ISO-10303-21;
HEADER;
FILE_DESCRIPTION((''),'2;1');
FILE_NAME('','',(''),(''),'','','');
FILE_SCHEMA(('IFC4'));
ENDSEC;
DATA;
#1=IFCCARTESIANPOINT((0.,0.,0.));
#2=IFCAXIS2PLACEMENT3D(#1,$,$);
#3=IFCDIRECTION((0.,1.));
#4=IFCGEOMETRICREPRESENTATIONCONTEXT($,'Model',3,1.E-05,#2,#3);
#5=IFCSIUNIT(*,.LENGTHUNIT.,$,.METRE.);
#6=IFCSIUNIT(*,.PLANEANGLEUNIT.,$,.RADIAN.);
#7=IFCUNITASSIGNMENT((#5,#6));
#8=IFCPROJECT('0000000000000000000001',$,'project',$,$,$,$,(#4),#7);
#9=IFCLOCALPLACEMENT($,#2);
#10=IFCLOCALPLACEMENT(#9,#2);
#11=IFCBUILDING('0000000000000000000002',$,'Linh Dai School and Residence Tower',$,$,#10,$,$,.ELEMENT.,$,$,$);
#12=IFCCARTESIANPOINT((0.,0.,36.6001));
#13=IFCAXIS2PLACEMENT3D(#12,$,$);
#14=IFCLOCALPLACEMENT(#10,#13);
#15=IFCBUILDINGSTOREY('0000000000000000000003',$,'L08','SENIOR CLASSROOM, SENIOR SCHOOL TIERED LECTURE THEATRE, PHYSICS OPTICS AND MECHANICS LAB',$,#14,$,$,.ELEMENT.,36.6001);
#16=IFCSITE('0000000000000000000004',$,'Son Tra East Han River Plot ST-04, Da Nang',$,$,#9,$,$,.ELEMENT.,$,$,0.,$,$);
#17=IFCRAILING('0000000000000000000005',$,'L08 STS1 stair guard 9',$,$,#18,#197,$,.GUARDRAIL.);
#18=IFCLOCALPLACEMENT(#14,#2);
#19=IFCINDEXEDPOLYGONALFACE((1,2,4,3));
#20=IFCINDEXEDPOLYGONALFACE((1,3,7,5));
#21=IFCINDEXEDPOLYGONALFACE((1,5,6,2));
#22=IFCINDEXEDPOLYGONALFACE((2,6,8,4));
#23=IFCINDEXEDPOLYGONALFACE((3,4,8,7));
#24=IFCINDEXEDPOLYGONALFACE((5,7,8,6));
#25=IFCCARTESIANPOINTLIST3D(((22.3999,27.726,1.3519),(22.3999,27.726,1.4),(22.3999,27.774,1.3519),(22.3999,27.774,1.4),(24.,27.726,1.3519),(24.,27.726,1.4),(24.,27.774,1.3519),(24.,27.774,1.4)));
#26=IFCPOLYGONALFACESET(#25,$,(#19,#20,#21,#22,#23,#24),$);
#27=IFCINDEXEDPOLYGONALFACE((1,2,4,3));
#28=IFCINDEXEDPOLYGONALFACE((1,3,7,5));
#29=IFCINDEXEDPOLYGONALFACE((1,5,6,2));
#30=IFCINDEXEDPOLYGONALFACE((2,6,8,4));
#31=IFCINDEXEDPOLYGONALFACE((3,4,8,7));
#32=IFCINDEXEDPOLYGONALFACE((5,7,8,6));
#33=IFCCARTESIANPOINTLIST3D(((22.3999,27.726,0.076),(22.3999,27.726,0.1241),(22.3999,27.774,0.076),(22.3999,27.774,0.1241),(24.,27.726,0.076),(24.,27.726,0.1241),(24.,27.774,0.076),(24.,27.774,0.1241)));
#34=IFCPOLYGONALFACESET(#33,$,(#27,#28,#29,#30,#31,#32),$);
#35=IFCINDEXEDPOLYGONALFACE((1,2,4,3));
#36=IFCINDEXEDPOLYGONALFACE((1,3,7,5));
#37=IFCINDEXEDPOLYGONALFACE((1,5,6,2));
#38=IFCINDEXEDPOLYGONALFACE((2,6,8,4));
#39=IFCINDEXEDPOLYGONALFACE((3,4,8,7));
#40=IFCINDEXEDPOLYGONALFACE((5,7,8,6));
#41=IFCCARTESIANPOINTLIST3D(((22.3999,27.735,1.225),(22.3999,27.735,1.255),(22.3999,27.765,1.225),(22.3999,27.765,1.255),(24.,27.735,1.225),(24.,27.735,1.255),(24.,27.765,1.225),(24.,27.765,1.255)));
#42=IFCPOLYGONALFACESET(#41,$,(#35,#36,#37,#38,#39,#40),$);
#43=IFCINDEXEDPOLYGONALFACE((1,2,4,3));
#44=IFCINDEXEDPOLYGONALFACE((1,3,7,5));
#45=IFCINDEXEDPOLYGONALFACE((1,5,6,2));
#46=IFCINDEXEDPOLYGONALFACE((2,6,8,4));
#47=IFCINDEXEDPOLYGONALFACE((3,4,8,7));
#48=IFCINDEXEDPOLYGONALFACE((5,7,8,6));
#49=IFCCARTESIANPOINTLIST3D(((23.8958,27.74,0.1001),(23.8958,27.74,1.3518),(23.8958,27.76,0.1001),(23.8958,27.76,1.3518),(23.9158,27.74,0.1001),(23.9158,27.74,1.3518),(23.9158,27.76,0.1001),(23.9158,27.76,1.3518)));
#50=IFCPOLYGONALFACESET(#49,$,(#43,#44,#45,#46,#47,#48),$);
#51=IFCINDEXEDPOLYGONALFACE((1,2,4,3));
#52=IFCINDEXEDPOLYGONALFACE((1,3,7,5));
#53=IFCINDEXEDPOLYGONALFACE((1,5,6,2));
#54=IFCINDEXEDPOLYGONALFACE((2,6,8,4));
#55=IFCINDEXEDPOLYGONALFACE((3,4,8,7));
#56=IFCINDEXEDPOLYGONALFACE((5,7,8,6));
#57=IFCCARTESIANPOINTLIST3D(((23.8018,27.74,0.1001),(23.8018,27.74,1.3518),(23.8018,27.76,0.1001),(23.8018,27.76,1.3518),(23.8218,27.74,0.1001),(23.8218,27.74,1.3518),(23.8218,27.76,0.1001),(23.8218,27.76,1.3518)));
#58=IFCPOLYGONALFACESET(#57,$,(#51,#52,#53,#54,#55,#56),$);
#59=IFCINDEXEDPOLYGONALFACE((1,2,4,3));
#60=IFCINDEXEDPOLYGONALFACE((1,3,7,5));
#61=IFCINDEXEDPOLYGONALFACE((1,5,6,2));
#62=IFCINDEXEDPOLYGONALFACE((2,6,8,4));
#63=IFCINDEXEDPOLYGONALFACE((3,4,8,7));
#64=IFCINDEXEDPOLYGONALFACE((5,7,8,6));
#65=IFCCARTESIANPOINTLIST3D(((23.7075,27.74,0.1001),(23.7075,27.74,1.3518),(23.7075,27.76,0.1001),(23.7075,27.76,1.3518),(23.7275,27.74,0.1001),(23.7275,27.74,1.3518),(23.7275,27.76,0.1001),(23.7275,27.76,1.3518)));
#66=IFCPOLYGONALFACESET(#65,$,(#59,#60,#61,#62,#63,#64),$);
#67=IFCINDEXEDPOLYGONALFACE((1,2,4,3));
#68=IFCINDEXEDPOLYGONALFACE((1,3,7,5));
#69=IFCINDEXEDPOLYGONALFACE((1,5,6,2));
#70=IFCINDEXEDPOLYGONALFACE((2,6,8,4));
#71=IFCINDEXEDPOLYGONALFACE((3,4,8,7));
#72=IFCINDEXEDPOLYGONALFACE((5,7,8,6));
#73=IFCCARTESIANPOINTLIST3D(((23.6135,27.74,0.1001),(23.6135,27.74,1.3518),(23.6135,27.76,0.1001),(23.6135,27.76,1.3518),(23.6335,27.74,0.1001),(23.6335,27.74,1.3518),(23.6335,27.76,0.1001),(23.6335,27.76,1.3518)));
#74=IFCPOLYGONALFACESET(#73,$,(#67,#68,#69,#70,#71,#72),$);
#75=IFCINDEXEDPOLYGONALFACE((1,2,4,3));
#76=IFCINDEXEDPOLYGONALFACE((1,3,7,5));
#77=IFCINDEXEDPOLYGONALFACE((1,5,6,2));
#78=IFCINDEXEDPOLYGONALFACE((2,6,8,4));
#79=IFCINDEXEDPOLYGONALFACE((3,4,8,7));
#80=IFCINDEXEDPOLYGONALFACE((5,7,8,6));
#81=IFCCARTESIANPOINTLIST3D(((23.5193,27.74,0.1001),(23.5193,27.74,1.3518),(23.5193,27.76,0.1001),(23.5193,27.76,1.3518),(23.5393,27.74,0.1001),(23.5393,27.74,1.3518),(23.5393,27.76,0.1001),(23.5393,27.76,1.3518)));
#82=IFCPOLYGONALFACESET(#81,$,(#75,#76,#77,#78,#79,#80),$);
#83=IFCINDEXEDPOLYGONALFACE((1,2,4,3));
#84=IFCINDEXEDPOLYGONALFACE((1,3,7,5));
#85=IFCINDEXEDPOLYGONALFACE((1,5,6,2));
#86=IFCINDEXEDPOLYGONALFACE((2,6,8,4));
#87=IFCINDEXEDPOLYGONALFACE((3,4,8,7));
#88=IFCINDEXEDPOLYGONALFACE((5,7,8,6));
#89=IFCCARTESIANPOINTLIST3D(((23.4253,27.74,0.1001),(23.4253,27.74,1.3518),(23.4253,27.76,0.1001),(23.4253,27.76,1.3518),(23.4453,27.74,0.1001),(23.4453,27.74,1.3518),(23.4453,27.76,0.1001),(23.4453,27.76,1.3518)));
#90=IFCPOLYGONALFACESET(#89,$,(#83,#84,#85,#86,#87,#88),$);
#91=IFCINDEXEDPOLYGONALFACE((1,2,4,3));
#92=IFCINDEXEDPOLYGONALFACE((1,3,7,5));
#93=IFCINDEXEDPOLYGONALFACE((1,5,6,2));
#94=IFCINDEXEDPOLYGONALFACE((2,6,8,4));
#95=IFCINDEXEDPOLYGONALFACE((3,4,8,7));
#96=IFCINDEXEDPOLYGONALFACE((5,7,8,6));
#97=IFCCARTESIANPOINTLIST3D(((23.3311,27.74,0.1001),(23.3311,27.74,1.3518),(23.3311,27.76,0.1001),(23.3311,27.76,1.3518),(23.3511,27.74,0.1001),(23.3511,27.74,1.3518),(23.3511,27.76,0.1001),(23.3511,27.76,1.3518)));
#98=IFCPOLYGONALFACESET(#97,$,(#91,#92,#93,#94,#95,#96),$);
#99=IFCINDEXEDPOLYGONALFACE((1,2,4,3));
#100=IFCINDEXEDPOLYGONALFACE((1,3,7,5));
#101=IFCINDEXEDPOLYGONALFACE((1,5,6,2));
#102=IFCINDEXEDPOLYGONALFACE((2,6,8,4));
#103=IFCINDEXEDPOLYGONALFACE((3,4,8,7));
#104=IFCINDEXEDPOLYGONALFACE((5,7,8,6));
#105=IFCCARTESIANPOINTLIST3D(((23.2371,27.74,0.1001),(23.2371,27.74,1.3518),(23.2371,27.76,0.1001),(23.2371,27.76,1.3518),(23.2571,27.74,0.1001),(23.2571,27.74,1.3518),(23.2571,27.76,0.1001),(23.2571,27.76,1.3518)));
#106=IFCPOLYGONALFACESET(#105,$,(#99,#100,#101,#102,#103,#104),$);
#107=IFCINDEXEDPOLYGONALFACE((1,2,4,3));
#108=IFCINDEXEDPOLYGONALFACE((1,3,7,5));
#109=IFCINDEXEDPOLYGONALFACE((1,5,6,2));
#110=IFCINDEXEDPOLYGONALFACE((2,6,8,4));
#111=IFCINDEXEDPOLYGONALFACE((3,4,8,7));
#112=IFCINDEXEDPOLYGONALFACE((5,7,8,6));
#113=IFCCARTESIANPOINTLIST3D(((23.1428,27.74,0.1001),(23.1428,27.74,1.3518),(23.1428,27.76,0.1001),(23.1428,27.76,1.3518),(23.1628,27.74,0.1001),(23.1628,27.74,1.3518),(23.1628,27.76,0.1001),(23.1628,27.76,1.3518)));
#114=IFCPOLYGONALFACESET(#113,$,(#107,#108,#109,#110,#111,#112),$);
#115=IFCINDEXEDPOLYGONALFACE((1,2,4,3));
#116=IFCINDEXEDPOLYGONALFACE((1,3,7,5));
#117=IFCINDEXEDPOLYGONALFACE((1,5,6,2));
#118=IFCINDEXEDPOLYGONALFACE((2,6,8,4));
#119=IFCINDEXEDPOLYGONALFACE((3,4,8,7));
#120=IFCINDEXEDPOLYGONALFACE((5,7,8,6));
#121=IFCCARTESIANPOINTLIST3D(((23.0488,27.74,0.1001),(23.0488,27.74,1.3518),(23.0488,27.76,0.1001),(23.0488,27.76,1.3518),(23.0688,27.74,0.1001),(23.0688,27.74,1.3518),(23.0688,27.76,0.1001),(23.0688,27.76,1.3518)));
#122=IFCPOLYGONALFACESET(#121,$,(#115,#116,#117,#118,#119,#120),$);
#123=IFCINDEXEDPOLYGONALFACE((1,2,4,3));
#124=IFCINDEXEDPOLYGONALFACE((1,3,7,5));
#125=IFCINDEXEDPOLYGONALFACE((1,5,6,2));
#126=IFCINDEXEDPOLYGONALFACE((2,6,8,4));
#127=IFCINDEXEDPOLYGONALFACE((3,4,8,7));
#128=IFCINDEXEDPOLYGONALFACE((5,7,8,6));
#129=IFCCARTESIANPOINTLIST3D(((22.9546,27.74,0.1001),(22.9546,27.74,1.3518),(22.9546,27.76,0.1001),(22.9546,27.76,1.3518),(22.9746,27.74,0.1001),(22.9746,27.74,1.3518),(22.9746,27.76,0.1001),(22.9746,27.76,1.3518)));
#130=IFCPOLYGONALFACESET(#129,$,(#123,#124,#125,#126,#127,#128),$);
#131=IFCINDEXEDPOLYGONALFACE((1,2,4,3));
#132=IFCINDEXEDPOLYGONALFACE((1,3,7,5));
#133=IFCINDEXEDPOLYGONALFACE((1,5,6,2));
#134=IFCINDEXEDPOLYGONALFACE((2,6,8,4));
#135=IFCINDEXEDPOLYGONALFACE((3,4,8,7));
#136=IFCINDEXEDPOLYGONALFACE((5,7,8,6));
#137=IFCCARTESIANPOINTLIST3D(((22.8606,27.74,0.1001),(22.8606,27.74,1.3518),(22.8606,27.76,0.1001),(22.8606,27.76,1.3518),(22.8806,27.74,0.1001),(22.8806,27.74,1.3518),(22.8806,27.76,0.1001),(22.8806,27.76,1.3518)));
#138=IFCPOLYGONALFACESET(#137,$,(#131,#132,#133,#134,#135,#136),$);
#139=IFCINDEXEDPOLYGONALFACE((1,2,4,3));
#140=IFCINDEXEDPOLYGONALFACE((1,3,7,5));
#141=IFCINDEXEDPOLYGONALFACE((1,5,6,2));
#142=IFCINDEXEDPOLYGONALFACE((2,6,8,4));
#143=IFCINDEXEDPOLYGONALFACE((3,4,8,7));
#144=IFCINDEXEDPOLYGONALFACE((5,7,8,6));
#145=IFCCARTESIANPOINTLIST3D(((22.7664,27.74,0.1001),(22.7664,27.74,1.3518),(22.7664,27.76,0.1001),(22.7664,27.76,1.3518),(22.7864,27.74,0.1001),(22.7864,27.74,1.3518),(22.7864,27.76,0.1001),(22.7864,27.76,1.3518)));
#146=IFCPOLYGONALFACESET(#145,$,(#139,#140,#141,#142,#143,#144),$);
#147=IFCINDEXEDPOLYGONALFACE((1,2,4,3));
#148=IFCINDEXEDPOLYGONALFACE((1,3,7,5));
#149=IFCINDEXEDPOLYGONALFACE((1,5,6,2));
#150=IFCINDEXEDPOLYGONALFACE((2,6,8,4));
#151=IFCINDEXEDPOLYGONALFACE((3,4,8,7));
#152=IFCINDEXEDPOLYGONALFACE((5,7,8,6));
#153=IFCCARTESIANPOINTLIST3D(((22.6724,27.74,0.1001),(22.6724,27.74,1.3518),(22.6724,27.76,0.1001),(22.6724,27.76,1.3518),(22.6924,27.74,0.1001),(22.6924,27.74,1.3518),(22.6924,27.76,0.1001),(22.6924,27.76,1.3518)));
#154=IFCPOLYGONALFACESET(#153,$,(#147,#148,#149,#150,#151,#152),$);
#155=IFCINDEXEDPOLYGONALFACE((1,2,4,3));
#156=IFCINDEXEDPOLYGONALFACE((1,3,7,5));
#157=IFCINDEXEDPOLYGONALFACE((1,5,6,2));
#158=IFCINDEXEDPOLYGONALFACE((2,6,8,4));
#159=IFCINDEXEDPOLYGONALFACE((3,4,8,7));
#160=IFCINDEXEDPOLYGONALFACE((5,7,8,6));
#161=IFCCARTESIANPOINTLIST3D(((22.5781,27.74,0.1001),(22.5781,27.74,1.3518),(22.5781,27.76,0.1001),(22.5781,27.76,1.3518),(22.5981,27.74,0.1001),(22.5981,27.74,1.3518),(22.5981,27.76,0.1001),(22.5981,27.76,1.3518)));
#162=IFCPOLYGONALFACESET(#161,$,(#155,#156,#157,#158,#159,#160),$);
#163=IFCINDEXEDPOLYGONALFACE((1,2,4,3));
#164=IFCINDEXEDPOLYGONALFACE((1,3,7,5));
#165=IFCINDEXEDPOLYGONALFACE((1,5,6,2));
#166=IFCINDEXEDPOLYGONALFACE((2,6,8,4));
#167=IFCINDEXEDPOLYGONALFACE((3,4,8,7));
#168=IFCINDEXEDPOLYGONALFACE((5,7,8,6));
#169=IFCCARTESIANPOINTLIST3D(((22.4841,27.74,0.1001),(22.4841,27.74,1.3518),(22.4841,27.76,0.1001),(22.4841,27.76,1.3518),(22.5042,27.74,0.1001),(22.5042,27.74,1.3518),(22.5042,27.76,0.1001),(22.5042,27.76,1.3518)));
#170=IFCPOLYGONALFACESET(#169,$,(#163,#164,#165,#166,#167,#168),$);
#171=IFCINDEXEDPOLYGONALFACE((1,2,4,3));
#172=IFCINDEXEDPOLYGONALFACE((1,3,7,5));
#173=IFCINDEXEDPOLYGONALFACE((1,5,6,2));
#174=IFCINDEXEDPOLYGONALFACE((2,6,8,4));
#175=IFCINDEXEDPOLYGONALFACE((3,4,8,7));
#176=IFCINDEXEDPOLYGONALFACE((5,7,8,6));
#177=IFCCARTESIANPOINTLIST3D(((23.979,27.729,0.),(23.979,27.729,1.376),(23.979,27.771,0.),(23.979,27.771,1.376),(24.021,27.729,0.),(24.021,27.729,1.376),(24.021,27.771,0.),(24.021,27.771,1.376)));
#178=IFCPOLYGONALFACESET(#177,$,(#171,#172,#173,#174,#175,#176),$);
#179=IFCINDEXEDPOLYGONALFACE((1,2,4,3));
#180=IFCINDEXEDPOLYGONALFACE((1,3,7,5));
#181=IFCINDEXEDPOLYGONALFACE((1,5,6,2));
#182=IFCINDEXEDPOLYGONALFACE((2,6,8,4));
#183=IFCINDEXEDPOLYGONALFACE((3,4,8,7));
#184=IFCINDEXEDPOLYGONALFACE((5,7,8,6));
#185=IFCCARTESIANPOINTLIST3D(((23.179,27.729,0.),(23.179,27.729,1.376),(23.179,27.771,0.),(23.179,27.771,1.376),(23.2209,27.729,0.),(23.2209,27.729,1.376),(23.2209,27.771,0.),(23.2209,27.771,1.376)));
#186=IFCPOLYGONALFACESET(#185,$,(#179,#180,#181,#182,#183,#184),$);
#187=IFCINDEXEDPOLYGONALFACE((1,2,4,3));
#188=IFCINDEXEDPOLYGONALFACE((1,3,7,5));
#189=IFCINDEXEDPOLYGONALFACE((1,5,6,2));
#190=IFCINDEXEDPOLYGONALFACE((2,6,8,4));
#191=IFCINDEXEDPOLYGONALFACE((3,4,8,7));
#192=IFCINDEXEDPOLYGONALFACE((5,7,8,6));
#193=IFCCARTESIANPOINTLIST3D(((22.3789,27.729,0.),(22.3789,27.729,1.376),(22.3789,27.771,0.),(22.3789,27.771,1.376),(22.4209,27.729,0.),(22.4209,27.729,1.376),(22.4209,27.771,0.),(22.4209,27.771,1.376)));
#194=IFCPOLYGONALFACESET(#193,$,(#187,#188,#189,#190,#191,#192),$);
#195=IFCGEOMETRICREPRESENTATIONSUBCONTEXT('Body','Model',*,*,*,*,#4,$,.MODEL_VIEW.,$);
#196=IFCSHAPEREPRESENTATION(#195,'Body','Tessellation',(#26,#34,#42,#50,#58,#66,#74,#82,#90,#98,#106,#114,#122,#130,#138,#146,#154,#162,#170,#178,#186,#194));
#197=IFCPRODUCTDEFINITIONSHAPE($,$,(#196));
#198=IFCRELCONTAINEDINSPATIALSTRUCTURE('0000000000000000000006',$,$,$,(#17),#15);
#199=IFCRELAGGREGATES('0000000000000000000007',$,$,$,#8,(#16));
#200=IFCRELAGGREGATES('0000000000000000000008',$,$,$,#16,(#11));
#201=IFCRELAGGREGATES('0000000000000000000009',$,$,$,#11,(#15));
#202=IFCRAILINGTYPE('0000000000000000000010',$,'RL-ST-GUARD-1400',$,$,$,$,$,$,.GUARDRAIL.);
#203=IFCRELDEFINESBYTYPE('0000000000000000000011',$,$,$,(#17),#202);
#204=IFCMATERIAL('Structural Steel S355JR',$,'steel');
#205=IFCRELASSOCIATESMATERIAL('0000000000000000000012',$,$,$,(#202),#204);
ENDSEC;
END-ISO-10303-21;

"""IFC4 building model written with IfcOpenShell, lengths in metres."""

from ifc_helpers import new_model, si_unit, direction, frame, origin, origin_2d, place, context, subcontext, project, spatial, rectangle, extrude, source, transform, mapped, material, type_object, element, save


model = new_model("IFC4")

# Units and contexts
model_context = context("Model", 3, precision=1e-05, world=origin(), true_north=direction((0.0, 1.0)))
body_context = subcontext(model_context, "Body", "Model", "MODEL_VIEW")
ifc_project = project(units=[si_unit("LENGTHUNIT", "METRE"), si_unit("PLANEANGLEUNIT", "RADIAN")], contexts=[model_context])

# Site, building, storey
site_placement = place(None, origin())
site = spatial("IfcSite", under=ifc_project, at=site_placement, Name="Son Tra East Han River Plot ST-04, Da Nang", CompositionType="ELEMENT", RefElevation=0.0)
building_placement = place(site_placement, origin())
building = spatial("IfcBuilding", under=site, at=building_placement, Name="Linh Dai School and Residence Tower", CompositionType="ELEMENT")
storey_placement = place(building_placement, frame((0.0, 0.0, 36.6001)))
storey = spatial("IfcBuildingStorey", under=building, at=storey_placement, Name="L08", Description="SENIOR CLASSROOM, SENIOR SCHOOL TIERED LECTURE THEATRE, PHYSICS OPTICS AND MECHANICS LAB", CompositionType="ELEMENT", Elevation=36.6001)

# Shared definitions
ifc_material_1 = material(Name="Structural Steel S355JR", Category="steel")

# Railing
railing_type_1 = type_object("IfcRailingType", Name="RL-ST-GUARD-1400", PredefinedType="GUARDRAIL", material=ifc_material_1)
shared_shape_1 = source(origin(), body_context, "Body", "SweptSolid", [
    extrude(rectangle(XDim=0.0481, YDim=0.0481, at=origin_2d()), frame((0.0, 0.0, 1.376), z_axis=(-1.0, 0.0, 0.0), x_axis=(0.0, -1.0, 0.0)), (0.0, 0.0, 1.0), 1.6001),
    extrude(rectangle(XDim=0.0481, YDim=0.0481, at=origin_2d()), frame((0.0, 0.0, 0.1001), z_axis=(-1.0, 0.0, 0.0), x_axis=(0.0, -1.0, 0.0)), (0.0, 0.0, 1.0), 1.6001),
    extrude(rectangle(XDim=0.03, YDim=0.03, at=origin_2d()), frame((0.0, 0.0, 1.24), z_axis=(-1.0, 0.0, 0.0), x_axis=(0.0, -1.0, 0.0)), (0.0, 0.0, 1.0), 1.6001),
    extrude(rectangle(XDim=0.02, YDim=0.02, at=origin_2d()), frame((-0.0942, 0.0, 0.1001)), (0.0, 0.0, 1.0), 1.2517),
    extrude(rectangle(XDim=0.02, YDim=0.02, at=origin_2d()), frame((-0.1882, 0.0, 0.1001)), (0.0, 0.0, 1.0), 1.2517),
    extrude(rectangle(XDim=0.02, YDim=0.02, at=origin_2d()), frame((-0.2825, 0.0, 0.1001)), (0.0, 0.0, 1.0), 1.2517),
    extrude(rectangle(XDim=0.02, YDim=0.02, at=origin_2d()), frame((-0.3765, 0.0, 0.1001)), (0.0, 0.0, 1.0), 1.2517),
    extrude(rectangle(XDim=0.02, YDim=0.02, at=origin_2d()), frame((-0.4707, 0.0, 0.1001)), (0.0, 0.0, 1.0), 1.2517),
    extrude(rectangle(XDim=0.02, YDim=0.02, at=origin_2d()), frame((-0.5647, 0.0, 0.1001)), (0.0, 0.0, 1.0), 1.2517),
    extrude(rectangle(XDim=0.02, YDim=0.02, at=origin_2d()), frame((-0.6589, 0.0, 0.1001)), (0.0, 0.0, 1.0), 1.2517),
    extrude(rectangle(XDim=0.02, YDim=0.02, at=origin_2d()), frame((-0.7529, 0.0, 0.1001)), (0.0, 0.0, 1.0), 1.2517),
    extrude(rectangle(XDim=0.02, YDim=0.02, at=origin_2d()), frame((-0.8472, 0.0, 0.1001)), (0.0, 0.0, 1.0), 1.2517),
    extrude(rectangle(XDim=0.02, YDim=0.02, at=origin_2d()), frame((-0.9412, 0.0, 0.1001)), (0.0, 0.0, 1.0), 1.2517),
    extrude(rectangle(XDim=0.02, YDim=0.02, at=origin_2d()), frame((-1.0354, 0.0, 0.1001)), (0.0, 0.0, 1.0), 1.2517),
    extrude(rectangle(XDim=0.02, YDim=0.02, at=origin_2d()), frame((-1.1294, 0.0, 0.1001)), (0.0, 0.0, 1.0), 1.2517),
    extrude(rectangle(XDim=0.02, YDim=0.02, at=origin_2d()), frame((-1.2236, 0.0, 0.1001)), (0.0, 0.0, 1.0), 1.2517),
    extrude(rectangle(XDim=0.02, YDim=0.02, at=origin_2d()), frame((-1.3176, 0.0, 0.1001)), (0.0, 0.0, 1.0), 1.2517),
    extrude(rectangle(XDim=0.02, YDim=0.02, at=origin_2d()), frame((-1.4119, 0.0, 0.1001)), (0.0, 0.0, 1.0), 1.2517),
    extrude(rectangle(XDim=0.02, YDim=0.02, at=origin_2d()), frame((-1.5059, 0.0, 0.1001)), (0.0, 0.0, 1.0), 1.2517),
    extrude(rectangle(XDim=0.042, YDim=0.042, at=origin_2d()), origin(), (0.0, 0.0, 1.0), 1.376),
    extrude(rectangle(XDim=0.042, YDim=0.042, at=origin_2d()), frame((-0.8, 0.0, 0.0)), (0.0, 0.0, 1.0), 1.376),
    extrude(rectangle(XDim=0.042, YDim=0.042, at=origin_2d()), frame((-1.6001, 0.0, 0.0)), (0.0, 0.0, 1.0), 1.376),
])
for number, where, name in (
    (1, (24.0, 27.75, 0.0), "L08 STS1 stair guard 9"),
):
    element("IfcRailing", number, at=place(storey_placement, frame(where)), inside=storey, type_object=railing_type_1, Name=name, PredefinedType="GUARDRAIL", context=body_context, shape_type="MappedRepresentation", body=[
        mapped(shared_shape_1, transform((0.0, 0.0, 0.0), x_axis=(1.0, 0.0, 0.0), y_axis=(0.0, 1.0, 0.0), z_axis=(0.0, 0.0, 1.0), scale=1.0)),
    ])

save(model, "model.ifc")
